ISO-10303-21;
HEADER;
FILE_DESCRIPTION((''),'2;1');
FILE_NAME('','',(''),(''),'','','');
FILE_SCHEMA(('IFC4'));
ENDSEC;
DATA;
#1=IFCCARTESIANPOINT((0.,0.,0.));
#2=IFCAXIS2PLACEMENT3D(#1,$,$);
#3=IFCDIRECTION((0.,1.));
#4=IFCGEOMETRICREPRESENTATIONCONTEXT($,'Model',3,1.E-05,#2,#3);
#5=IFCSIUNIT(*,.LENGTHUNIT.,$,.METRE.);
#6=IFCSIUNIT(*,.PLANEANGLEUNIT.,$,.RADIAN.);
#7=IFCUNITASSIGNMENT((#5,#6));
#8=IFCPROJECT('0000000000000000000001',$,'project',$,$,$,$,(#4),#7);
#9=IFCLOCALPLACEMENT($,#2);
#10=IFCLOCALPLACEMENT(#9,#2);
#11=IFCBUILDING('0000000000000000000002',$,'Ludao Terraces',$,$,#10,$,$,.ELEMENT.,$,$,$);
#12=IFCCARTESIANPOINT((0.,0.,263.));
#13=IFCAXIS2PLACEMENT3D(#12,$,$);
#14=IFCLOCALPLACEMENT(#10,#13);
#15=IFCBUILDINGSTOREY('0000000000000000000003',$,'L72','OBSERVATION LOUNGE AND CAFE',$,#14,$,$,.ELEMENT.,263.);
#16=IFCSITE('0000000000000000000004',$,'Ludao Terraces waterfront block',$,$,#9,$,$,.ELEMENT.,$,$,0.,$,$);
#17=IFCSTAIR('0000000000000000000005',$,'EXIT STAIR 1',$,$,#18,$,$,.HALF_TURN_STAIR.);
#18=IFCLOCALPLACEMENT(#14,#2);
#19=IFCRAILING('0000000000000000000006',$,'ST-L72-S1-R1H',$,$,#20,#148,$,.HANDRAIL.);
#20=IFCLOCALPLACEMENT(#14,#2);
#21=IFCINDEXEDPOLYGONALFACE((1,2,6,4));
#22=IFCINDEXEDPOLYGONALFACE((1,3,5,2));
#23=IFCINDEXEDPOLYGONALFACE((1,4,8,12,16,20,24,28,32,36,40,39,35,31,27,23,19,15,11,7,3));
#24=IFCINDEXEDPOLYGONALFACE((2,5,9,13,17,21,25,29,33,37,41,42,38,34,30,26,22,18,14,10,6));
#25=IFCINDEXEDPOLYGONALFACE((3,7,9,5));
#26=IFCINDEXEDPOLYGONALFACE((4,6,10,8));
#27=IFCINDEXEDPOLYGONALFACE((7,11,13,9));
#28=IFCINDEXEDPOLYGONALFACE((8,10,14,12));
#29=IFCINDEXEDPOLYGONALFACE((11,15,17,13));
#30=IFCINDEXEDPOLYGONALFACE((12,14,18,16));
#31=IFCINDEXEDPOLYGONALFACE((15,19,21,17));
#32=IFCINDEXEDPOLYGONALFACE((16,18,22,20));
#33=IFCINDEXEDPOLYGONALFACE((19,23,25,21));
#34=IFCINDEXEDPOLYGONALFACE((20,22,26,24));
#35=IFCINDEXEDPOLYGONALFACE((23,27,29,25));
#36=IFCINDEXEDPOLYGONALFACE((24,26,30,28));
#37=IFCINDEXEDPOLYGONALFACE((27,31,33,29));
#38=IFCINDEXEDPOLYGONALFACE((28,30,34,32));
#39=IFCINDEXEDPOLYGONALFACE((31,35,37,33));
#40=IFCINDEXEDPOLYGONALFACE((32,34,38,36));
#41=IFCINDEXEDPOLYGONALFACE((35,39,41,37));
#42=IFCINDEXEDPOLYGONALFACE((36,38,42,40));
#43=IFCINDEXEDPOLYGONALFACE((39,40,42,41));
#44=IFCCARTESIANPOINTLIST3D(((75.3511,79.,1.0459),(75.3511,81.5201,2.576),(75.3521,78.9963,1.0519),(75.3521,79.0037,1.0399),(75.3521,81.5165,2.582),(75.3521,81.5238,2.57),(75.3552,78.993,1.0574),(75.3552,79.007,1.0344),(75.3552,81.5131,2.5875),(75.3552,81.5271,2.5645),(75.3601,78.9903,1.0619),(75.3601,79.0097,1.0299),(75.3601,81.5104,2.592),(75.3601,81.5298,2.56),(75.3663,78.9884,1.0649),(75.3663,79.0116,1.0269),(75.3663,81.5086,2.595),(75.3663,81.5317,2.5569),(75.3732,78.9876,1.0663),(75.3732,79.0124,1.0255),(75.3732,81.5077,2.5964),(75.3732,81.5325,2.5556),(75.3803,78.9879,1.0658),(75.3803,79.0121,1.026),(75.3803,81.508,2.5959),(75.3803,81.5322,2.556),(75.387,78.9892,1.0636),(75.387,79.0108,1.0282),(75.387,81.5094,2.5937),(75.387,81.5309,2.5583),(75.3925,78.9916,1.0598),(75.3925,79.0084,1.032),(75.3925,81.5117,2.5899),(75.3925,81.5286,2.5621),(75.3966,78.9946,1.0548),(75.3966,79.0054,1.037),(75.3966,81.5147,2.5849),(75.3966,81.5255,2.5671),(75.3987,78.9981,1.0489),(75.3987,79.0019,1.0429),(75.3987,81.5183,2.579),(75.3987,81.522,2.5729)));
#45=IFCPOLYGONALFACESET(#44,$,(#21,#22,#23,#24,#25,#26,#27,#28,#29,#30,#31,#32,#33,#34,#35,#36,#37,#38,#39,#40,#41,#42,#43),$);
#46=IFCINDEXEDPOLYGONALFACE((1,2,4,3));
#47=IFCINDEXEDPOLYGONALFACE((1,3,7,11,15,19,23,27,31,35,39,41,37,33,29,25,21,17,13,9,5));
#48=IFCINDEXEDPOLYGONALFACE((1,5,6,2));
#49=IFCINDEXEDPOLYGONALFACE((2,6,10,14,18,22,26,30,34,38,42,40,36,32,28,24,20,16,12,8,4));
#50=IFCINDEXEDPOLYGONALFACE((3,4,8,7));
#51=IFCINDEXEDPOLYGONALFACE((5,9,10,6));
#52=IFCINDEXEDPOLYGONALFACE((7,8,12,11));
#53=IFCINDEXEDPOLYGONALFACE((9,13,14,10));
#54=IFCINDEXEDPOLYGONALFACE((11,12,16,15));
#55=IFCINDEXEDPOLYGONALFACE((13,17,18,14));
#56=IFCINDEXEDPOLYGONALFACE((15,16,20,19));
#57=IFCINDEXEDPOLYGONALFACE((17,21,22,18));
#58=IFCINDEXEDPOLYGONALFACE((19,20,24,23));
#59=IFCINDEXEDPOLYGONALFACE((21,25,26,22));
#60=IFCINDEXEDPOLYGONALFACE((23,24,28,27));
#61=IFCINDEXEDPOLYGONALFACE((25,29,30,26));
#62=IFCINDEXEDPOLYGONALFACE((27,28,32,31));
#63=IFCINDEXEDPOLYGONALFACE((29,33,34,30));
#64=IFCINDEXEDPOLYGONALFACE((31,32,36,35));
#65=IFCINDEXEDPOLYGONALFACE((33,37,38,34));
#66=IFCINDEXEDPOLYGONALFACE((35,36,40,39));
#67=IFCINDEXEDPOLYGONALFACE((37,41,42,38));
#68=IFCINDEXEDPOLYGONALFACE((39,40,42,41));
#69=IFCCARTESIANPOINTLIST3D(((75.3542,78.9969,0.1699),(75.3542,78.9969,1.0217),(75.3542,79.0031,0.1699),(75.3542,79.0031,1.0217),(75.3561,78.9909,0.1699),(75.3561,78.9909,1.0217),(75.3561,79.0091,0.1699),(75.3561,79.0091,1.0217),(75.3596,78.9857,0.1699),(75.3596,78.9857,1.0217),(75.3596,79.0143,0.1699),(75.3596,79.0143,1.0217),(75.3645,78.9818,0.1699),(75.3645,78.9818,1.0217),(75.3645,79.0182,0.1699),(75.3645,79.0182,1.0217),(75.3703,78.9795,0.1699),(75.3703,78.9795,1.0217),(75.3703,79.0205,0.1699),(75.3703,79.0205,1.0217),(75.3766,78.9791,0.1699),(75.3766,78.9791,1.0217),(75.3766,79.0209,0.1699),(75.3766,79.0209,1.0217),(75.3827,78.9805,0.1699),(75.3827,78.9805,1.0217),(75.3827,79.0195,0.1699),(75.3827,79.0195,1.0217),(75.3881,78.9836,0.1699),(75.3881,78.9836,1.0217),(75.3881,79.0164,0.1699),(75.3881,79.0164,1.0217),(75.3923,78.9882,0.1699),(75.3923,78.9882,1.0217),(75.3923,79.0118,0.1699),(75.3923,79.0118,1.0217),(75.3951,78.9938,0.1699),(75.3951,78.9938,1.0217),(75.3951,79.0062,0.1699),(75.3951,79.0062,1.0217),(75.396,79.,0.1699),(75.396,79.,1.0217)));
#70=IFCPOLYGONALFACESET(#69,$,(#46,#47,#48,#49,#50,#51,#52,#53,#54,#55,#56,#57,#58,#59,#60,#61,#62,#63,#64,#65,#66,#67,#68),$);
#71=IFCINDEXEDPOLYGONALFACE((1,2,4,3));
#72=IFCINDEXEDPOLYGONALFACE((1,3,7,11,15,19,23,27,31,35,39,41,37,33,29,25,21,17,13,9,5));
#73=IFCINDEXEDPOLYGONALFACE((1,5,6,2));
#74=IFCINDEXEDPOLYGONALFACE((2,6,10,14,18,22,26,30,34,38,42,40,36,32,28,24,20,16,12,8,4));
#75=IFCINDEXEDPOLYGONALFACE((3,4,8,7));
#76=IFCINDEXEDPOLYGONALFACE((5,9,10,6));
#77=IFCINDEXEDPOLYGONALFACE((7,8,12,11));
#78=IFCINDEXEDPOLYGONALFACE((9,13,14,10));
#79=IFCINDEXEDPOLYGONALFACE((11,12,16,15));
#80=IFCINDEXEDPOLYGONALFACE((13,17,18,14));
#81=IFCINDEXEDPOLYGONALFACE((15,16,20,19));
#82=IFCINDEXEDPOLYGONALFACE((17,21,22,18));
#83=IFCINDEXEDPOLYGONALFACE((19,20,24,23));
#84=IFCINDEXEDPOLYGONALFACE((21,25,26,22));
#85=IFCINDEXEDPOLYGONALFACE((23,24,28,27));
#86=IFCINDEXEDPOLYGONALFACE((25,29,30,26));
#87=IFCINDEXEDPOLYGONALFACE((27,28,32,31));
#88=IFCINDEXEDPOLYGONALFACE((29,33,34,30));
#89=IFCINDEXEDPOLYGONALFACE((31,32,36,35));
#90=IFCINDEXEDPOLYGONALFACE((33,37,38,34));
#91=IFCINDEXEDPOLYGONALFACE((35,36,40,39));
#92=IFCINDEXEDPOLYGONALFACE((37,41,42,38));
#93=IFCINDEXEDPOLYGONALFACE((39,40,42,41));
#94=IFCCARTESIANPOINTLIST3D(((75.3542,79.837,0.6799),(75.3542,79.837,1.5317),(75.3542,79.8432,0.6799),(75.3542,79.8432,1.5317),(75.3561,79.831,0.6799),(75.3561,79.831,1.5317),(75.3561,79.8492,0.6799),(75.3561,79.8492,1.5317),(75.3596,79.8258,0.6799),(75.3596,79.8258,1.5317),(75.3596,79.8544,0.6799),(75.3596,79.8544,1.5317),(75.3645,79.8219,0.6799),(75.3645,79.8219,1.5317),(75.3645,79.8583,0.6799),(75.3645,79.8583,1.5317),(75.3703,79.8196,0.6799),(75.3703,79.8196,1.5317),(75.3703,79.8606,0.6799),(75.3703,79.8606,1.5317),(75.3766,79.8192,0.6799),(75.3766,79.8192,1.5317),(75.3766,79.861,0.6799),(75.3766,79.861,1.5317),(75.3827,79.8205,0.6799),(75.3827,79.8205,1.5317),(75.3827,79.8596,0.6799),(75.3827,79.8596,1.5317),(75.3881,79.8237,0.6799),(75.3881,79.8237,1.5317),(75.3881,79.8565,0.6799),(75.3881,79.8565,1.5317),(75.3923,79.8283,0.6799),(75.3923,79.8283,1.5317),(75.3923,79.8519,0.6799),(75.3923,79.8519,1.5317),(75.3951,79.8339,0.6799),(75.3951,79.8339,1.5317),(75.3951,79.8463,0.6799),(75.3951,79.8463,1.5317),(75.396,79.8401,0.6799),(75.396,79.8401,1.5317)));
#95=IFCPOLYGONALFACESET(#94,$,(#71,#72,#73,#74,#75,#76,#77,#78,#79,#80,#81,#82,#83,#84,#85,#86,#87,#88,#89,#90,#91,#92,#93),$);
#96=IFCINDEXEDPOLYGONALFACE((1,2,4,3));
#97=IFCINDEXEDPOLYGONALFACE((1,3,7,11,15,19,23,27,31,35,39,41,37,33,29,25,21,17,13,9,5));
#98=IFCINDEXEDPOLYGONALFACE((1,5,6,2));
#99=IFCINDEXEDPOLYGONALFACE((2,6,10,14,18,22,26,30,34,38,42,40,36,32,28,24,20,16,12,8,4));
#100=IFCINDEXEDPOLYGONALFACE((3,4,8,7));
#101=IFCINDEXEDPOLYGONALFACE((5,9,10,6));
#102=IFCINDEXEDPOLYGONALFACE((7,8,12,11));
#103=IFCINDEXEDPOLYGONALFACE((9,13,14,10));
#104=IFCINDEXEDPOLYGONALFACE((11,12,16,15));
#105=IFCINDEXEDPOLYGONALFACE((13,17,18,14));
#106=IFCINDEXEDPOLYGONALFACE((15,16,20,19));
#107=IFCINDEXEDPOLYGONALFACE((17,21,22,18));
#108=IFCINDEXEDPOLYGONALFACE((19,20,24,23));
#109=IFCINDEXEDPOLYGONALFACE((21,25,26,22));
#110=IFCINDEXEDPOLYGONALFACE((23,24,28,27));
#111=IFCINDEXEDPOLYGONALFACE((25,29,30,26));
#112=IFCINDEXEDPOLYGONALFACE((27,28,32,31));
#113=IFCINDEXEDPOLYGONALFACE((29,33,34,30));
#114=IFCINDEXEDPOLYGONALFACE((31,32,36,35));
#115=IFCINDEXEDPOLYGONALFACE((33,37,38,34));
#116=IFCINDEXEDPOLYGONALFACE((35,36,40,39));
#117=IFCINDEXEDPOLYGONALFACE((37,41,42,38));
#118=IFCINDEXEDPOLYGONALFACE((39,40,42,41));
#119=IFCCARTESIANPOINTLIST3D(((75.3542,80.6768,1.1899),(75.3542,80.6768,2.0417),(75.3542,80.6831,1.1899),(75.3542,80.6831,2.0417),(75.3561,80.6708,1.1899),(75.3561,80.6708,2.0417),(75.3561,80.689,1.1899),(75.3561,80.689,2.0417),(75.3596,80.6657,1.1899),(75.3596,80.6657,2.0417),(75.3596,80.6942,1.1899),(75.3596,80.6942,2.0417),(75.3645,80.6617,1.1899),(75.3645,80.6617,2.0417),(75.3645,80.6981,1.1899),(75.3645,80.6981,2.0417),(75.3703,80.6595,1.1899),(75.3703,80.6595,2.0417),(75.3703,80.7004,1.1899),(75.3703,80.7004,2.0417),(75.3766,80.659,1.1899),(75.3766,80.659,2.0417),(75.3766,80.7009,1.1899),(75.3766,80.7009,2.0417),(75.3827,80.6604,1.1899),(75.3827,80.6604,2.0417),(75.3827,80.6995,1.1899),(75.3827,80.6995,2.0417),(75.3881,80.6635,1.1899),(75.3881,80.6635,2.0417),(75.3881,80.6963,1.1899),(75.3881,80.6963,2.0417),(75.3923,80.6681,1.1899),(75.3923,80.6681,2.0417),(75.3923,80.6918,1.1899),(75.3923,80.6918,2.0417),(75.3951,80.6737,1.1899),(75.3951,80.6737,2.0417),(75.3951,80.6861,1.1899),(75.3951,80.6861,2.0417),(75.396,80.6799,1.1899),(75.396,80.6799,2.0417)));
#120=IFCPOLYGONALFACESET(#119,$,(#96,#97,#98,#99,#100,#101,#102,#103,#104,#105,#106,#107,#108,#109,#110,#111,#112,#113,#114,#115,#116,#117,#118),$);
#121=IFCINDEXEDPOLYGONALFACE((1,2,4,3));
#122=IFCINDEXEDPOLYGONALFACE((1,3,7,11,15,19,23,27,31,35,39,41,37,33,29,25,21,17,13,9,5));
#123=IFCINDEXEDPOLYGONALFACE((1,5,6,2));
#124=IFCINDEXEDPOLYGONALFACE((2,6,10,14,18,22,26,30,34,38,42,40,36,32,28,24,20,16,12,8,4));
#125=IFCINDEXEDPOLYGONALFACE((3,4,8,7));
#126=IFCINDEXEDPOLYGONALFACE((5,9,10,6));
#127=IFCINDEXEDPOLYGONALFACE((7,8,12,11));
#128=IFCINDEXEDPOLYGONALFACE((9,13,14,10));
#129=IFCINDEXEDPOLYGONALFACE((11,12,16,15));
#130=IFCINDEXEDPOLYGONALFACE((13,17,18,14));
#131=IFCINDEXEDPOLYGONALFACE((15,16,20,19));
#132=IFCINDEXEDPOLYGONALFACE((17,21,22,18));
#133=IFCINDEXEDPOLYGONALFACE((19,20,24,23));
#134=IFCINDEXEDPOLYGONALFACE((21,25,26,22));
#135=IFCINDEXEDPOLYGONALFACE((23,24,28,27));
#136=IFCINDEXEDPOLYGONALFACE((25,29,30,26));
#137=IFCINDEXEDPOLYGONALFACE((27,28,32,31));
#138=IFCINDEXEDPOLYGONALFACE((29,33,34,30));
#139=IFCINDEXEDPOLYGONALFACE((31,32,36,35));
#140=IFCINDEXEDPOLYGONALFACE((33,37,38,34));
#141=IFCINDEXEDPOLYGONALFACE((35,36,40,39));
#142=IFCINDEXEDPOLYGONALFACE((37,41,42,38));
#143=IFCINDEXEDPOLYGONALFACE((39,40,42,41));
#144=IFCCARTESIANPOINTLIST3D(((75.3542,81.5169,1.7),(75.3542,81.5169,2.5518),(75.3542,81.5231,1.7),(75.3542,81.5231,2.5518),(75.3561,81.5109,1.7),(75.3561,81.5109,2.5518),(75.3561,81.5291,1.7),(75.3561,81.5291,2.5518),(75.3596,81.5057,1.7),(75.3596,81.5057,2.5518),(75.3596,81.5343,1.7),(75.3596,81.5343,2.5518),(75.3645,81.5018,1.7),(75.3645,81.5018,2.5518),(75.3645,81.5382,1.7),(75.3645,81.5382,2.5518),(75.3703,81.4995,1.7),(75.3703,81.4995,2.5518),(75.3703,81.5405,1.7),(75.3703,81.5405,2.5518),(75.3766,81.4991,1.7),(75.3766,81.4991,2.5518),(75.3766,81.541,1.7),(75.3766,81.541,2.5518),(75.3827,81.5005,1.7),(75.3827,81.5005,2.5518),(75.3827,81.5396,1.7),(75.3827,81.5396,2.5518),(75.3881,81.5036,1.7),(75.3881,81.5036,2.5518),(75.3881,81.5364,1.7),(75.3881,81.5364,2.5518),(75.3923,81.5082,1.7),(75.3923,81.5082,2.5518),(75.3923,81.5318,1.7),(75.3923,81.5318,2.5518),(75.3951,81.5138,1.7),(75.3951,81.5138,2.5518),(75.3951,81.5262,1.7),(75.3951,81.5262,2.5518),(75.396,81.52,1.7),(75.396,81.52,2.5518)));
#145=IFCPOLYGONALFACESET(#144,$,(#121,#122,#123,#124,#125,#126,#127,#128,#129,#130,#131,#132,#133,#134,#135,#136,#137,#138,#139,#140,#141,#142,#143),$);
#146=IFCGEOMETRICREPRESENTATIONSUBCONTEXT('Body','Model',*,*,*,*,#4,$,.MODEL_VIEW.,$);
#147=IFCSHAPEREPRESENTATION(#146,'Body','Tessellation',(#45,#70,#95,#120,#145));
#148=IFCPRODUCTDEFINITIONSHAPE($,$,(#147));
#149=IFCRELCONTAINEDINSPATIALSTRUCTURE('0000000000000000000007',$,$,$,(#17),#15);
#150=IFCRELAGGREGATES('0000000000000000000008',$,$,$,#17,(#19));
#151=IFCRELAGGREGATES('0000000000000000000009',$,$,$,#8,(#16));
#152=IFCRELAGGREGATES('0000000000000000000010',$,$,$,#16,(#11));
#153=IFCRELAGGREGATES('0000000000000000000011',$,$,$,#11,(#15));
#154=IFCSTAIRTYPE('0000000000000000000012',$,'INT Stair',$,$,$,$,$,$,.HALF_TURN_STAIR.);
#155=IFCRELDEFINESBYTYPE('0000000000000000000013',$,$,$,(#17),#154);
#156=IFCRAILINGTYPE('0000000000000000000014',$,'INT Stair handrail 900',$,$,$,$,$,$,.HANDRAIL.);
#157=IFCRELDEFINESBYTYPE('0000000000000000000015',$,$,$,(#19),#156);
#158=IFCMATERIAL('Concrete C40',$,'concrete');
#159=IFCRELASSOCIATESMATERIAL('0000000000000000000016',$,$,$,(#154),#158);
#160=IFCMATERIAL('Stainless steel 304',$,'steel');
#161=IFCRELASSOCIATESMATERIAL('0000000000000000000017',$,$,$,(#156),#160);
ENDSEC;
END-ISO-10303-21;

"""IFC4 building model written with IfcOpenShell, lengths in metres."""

from ifc_helpers import new_model, si_unit, direction, frame, origin, origin_2d, place, context, subcontext, project, spatial, circle, extrude, material, type_object, element, aggregate, save


model = new_model("IFC4")

# Units and contexts
model_context = context("Model", 3, precision=1e-05, world=origin(), true_north=direction((0.0, 1.0)))
body_context = subcontext(model_context, "Body", "Model", "MODEL_VIEW")
ifc_project = project(units=[si_unit("LENGTHUNIT", "METRE"), si_unit("PLANEANGLEUNIT", "RADIAN")], contexts=[model_context])

# Site, building, storey
site_placement = place(None, origin())
site = spatial("IfcSite", under=ifc_project, at=site_placement, Name="Ludao Terraces waterfront block", CompositionType="ELEMENT", RefElevation=0.0)
building_placement = place(site_placement, origin())
building = spatial("IfcBuilding", under=site, at=building_placement, Name="Ludao Terraces", CompositionType="ELEMENT")
storey_placement = place(building_placement, frame((0.0, 0.0, 263.0)))
storey = spatial("IfcBuildingStorey", under=building, at=storey_placement, Name="L72", Description="OBSERVATION LOUNGE AND CAFE", CompositionType="ELEMENT", Elevation=263.0)

# Shared definitions
ifc_material_1 = material(Name="Concrete C40", Category="concrete")

# Stair, railing
stair_type = type_object("IfcStairType", Name="INT Stair", PredefinedType="HALF_TURN_STAIR", material=ifc_material_1)
stair_placement = place(storey_placement, origin())
stair = element("IfcStair", 1, at=stair_placement, inside=storey, type_object=stair_type, Name="EXIT STAIR 1", PredefinedType="HALF_TURN_STAIR")
ifc_material_2 = material(Name="Stainless steel 304", Category="steel")
railing_type_1 = type_object("IfcRailingType", Name="INT Stair handrail 900", PredefinedType="HANDRAIL", material=ifc_material_2)
railing_1_placement = place(storey_placement, frame((75.375, 79.0, 0.1699)))
railing_1 = element("IfcRailing", 2, at=railing_1_placement, type_object=railing_type_1, Name="ST-L72-S1-R1H", PredefinedType="HANDRAIL", context=body_context, shape_type="SweptSolid", body=[
    extrude(circle(Radius=0.0239, at=origin_2d()), frame((0.0, 0.0, 0.876), z_axis=(0.0, 0.854785, 0.518982), x_axis=(-1.0, 0.0, 0.0)), (0.0, 0.0, 1.0), 2.9482),
    extrude(circle(Radius=0.021, at=origin_2d()), origin(), (0.0, 0.0, 1.0), 0.8518),
    extrude(circle(Radius=0.021, at=origin_2d()), frame((0.0, 0.8401, 0.51)), (0.0, 0.0, 1.0), 0.8518),
    extrude(circle(Radius=0.021, at=origin_2d()), frame((0.0, 1.6799, 1.02)), (0.0, 0.0, 1.0), 0.8518),
    extrude(circle(Radius=0.021, at=origin_2d()), frame((0.0, 2.52, 1.53)), (0.0, 0.0, 1.0), 0.8518),
])
aggregate(stair, [railing_1])

save(model, "model.ifc")
